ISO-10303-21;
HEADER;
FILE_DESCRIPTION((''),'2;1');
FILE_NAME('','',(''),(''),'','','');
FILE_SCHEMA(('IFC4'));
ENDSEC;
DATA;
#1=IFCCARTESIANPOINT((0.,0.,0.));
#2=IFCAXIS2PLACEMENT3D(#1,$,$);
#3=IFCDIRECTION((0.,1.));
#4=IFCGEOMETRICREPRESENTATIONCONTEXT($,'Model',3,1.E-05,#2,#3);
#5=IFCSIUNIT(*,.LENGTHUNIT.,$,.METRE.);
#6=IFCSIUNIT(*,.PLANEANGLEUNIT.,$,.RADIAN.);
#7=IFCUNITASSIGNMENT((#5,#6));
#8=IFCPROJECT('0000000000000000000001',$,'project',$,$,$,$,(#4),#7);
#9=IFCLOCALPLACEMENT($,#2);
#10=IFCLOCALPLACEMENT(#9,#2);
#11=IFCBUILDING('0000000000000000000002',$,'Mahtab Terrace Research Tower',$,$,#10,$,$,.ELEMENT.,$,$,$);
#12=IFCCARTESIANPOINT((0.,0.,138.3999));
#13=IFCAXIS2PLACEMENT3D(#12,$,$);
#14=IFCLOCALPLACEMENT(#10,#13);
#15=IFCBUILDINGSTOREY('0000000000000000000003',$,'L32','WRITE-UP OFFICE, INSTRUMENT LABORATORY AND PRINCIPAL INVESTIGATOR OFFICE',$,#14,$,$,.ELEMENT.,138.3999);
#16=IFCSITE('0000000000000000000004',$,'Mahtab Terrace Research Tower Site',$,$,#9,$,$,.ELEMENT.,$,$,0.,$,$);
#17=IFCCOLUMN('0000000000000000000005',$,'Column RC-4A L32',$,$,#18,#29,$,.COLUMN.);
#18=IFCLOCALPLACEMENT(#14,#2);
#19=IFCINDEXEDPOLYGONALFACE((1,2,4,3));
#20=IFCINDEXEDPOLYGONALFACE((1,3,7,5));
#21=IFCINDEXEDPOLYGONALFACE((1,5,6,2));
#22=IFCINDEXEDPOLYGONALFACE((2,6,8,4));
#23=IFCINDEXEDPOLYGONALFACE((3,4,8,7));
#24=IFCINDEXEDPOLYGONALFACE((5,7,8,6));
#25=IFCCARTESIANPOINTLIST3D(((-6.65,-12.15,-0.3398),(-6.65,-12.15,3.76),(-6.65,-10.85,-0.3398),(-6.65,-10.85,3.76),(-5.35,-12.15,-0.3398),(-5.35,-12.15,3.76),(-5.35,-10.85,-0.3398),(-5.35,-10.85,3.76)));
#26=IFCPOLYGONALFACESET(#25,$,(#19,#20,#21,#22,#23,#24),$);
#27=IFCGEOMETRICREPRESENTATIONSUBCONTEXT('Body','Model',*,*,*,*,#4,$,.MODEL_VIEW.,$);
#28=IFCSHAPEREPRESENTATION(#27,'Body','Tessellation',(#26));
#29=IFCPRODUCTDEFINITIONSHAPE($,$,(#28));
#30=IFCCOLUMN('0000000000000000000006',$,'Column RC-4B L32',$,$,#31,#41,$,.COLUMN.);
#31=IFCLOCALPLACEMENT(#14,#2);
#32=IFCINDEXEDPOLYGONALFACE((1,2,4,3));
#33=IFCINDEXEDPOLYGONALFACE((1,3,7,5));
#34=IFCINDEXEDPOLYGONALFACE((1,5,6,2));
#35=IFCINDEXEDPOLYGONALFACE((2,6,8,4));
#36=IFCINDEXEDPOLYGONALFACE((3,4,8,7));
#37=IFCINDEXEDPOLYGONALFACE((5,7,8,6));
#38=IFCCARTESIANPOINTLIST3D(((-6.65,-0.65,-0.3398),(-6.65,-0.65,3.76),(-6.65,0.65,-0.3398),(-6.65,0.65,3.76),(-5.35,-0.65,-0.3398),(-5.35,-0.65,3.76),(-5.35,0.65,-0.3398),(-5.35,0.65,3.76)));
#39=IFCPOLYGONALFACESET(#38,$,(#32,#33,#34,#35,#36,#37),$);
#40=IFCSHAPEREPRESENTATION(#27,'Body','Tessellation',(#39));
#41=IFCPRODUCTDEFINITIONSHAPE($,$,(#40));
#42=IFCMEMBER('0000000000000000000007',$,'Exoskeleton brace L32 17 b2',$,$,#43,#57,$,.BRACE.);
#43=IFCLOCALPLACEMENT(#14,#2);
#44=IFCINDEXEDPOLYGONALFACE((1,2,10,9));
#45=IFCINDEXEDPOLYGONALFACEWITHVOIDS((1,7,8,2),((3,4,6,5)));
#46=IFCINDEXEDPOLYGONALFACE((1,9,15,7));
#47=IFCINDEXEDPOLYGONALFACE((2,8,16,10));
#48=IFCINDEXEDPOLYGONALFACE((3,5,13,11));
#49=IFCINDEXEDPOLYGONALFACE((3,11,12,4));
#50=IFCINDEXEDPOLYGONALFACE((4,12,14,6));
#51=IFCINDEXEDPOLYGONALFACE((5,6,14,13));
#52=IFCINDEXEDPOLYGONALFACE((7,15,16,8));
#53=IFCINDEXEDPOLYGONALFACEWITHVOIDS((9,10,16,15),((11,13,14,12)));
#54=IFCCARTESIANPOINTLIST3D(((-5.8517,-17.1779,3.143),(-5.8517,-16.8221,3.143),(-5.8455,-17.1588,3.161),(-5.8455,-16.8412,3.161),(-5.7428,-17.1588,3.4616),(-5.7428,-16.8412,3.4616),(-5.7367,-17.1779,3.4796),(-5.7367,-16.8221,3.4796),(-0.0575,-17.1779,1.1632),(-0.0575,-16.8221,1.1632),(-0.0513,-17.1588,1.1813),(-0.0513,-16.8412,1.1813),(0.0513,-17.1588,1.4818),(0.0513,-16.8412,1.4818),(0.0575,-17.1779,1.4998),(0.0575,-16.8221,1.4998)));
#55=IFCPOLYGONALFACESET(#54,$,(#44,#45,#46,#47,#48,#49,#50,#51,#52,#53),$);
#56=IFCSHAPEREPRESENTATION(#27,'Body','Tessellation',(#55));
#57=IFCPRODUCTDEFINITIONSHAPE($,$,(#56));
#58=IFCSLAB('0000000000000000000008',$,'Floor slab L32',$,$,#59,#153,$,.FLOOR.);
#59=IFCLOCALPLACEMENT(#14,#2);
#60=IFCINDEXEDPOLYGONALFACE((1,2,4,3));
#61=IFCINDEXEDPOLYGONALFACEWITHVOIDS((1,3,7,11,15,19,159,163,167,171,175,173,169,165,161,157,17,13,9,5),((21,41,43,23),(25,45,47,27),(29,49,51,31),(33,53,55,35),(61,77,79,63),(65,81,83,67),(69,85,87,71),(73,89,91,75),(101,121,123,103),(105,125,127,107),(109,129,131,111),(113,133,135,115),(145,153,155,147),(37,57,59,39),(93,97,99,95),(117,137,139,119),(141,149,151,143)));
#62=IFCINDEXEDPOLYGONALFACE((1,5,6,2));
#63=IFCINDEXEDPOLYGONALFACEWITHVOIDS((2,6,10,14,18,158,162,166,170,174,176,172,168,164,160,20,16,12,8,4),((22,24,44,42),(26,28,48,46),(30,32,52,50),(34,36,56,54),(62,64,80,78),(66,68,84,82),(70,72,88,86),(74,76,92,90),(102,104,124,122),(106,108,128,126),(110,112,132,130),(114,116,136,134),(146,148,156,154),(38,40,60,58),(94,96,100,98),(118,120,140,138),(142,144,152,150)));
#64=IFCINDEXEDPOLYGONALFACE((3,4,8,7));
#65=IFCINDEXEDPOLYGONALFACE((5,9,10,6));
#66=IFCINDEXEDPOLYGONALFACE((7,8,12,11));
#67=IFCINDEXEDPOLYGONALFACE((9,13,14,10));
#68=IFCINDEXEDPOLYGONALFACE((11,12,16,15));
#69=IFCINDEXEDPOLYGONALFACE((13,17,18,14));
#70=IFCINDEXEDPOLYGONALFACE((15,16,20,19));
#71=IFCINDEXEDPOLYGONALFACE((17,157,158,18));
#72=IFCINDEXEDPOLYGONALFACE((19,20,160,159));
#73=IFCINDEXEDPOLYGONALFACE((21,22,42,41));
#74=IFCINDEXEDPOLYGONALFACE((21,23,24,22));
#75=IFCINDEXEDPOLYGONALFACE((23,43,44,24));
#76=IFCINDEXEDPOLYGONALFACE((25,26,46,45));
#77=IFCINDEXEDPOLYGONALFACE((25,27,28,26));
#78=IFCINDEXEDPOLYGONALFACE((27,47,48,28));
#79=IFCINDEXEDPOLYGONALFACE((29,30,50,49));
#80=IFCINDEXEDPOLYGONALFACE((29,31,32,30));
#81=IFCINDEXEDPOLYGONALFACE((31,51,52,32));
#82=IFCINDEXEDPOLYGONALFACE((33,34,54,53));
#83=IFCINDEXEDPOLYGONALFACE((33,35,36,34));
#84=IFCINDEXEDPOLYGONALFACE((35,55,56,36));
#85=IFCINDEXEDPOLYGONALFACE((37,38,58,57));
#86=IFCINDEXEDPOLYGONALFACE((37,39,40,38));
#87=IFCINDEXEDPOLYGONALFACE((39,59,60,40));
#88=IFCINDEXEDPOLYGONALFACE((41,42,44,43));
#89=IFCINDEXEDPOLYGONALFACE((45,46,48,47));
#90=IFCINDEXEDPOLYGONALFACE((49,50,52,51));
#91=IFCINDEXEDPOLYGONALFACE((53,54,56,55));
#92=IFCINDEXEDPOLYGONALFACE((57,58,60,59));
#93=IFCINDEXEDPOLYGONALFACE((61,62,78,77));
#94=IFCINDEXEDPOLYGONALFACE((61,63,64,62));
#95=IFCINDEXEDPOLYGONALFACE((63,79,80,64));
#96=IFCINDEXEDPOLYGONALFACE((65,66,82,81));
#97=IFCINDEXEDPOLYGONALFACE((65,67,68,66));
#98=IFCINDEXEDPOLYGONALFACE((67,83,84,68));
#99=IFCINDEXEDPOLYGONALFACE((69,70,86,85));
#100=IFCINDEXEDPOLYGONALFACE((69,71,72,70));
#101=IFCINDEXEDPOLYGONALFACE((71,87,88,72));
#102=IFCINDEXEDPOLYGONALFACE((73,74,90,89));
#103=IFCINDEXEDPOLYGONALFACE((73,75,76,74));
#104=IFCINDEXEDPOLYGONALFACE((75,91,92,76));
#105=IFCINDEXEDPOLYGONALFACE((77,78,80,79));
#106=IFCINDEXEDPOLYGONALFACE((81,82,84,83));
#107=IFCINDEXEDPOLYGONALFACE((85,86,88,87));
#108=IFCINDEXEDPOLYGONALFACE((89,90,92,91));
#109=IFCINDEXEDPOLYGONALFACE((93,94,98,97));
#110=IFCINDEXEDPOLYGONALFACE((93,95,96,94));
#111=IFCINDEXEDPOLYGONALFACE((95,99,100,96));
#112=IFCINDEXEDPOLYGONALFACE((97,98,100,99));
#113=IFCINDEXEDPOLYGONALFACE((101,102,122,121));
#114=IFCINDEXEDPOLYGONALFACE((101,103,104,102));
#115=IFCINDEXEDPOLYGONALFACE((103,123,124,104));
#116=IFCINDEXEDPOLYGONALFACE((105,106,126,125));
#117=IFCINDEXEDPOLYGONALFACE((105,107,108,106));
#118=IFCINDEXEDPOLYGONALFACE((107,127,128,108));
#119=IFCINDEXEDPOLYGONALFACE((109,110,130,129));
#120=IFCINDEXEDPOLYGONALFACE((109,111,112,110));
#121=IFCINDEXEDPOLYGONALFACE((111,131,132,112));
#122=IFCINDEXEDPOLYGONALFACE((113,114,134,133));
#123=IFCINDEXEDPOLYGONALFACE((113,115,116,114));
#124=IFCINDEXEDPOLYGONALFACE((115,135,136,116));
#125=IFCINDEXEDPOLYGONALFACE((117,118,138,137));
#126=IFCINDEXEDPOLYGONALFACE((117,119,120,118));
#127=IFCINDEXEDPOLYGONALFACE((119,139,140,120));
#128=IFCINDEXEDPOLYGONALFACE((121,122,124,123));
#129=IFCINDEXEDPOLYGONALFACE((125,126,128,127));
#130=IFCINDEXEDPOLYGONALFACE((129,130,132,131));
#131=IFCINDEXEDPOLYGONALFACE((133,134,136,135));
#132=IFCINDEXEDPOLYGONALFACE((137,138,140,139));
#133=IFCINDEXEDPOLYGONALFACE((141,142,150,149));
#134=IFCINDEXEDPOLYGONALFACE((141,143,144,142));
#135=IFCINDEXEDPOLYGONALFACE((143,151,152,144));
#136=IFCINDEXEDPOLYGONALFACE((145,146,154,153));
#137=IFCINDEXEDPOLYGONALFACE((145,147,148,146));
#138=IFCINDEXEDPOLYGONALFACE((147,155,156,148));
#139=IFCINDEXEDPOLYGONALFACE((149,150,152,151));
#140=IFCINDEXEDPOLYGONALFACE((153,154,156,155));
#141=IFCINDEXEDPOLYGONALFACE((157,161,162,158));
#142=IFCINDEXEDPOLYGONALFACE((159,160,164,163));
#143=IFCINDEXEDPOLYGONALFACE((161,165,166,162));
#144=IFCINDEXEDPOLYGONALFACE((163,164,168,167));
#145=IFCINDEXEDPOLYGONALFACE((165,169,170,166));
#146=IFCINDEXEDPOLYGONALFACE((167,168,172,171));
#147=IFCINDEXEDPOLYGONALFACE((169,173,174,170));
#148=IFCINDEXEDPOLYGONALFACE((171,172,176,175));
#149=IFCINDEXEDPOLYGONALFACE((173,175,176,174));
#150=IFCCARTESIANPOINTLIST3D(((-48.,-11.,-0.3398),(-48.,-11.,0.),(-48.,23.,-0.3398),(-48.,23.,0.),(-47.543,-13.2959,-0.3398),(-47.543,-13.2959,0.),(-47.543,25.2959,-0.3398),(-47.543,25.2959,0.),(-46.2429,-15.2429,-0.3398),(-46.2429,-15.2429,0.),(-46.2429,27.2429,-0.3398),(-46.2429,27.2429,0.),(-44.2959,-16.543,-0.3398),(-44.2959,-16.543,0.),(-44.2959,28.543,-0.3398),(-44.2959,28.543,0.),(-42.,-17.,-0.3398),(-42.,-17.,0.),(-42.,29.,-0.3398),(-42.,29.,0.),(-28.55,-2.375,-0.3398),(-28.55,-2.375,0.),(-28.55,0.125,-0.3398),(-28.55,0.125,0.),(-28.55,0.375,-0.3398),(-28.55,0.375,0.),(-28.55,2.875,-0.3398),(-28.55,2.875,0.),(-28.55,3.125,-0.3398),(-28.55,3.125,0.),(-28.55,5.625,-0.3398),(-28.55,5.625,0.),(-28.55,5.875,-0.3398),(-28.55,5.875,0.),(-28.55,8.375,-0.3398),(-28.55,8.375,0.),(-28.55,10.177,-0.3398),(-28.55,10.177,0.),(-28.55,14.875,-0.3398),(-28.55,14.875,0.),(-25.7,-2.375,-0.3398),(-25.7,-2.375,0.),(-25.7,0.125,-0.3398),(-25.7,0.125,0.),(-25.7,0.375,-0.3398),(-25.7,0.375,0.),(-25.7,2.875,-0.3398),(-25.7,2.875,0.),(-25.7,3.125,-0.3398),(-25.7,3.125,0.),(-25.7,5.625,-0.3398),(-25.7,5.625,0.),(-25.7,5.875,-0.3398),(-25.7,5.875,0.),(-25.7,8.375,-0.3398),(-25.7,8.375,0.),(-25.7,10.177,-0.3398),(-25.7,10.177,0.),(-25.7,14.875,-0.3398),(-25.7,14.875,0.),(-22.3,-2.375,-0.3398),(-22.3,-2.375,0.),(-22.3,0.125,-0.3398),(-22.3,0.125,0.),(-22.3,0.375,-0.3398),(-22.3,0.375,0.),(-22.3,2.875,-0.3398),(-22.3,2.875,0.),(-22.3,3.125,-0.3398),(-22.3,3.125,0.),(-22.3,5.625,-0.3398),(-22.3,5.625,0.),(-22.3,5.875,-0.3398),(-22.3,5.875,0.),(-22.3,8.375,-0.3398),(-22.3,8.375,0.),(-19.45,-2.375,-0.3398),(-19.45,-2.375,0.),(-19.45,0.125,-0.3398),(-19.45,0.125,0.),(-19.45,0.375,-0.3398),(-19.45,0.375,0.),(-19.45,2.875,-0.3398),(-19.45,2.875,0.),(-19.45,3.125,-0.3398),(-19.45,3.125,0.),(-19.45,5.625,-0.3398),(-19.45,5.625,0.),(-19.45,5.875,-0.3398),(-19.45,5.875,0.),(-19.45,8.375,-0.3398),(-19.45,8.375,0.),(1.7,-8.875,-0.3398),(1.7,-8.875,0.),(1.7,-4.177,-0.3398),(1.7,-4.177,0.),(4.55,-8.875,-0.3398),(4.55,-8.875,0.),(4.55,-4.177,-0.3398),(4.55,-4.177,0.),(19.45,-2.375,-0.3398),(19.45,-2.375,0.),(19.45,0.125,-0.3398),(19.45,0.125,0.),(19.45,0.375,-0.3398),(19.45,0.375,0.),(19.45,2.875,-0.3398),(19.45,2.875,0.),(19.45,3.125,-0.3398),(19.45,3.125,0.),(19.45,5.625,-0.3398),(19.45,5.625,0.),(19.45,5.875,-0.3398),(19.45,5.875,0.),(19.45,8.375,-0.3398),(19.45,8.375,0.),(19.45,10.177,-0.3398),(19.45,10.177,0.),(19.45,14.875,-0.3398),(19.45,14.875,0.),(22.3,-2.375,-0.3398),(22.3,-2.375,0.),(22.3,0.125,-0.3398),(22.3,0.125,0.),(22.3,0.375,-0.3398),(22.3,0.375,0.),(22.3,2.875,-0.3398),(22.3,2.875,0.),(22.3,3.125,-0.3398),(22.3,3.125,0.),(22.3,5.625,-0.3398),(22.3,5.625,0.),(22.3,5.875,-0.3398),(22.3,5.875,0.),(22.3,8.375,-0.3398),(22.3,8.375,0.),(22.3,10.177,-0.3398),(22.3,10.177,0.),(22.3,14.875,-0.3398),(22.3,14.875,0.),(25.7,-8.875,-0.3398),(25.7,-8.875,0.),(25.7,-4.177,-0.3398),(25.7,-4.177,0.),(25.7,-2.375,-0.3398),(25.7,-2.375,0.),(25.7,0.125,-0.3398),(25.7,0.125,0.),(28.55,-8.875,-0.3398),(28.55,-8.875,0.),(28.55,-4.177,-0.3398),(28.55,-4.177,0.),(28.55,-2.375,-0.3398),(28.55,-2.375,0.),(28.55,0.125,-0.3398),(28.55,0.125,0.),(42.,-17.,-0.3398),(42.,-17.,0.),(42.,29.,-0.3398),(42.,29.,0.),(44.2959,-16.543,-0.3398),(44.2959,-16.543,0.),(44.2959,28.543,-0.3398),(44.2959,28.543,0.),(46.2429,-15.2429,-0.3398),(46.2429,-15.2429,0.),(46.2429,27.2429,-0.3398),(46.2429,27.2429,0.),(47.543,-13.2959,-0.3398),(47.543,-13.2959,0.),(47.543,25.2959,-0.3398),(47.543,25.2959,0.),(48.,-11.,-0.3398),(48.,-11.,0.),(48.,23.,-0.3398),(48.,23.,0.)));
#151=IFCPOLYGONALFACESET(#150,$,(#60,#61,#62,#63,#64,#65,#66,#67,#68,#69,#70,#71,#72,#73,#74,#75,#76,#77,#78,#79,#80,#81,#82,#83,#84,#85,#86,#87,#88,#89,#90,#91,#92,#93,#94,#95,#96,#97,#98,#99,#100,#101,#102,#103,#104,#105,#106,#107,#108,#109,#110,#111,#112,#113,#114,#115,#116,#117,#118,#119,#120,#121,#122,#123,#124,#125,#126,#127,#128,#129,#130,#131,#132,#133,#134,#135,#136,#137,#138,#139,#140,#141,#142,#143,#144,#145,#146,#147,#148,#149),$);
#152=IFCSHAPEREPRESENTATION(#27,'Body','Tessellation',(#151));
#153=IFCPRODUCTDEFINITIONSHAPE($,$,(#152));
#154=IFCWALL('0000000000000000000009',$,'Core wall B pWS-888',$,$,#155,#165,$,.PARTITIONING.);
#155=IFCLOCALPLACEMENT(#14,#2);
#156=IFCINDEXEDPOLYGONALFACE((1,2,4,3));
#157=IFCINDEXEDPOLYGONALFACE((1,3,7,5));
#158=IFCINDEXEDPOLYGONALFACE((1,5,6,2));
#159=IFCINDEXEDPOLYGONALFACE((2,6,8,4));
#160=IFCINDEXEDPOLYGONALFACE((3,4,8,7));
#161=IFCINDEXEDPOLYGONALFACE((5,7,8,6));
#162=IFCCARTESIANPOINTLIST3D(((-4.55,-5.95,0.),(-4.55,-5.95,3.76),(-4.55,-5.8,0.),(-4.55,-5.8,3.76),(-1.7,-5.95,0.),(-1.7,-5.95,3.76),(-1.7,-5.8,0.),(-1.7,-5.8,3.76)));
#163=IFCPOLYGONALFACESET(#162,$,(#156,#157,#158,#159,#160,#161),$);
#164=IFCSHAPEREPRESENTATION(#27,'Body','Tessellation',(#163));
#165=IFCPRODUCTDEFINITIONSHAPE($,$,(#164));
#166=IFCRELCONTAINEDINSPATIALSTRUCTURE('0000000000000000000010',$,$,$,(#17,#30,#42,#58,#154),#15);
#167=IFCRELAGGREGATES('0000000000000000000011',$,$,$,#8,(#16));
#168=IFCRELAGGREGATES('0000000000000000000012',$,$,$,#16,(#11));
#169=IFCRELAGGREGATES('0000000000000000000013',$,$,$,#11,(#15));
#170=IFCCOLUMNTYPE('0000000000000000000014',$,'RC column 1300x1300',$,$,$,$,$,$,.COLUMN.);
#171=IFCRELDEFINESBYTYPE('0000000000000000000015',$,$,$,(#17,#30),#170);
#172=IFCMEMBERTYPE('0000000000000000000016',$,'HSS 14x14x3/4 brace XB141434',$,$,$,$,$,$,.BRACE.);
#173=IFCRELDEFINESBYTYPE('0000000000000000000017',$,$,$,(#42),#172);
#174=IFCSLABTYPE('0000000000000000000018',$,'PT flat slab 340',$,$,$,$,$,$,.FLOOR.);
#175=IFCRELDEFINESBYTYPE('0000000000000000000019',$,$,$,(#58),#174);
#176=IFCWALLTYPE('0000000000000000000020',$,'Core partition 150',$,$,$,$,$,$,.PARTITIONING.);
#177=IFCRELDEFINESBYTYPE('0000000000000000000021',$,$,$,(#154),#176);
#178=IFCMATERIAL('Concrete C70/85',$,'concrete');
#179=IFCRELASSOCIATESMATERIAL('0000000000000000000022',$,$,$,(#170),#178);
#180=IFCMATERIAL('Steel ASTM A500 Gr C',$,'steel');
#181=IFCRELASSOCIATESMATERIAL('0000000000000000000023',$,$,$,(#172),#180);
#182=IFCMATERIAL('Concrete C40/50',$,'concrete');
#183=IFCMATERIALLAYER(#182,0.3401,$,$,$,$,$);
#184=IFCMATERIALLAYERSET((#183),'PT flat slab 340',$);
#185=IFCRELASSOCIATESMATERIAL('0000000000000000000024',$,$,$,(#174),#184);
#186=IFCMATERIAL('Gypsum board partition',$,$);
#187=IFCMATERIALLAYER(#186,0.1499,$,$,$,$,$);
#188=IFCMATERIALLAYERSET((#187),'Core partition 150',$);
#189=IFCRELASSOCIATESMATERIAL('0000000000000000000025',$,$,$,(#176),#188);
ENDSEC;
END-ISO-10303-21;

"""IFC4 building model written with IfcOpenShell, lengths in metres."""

from ifc_helpers import new_model, si_unit, direction, frame, frame_2d, origin, origin_2d, place, context, subcontext, project, spatial, polyline, rectangle, hollow_rectangle, outline, extrude, material, layer, layer_set, material_profile, profile_set, type_object, element, save


model = new_model("IFC4")

# Units and contexts
model_context = context("Model", 3, precision=1e-05, world=origin(), true_north=direction((0.0, 1.0)))
body_context = subcontext(model_context, "Body", "Model", "MODEL_VIEW")
ifc_project = project(units=[si_unit("LENGTHUNIT", "METRE"), si_unit("PLANEANGLEUNIT", "RADIAN")], contexts=[model_context])

# Site, building, storey
site_placement = place(None, origin())
site = spatial("IfcSite", under=ifc_project, at=site_placement, Name="Mahtab Terrace Research Tower Site", CompositionType="ELEMENT", RefElevation=0.0)
building_placement = place(site_placement, origin())
building = spatial("IfcBuilding", under=site, at=building_placement, Name="Mahtab Terrace Research Tower", CompositionType="ELEMENT")
storey_placement = place(building_placement, frame((0.0, 0.0, 138.3999)))
storey = spatial("IfcBuildingStorey", under=building, at=storey_placement, Name="L32", Description="WRITE-UP OFFICE, INSTRUMENT LABORATORY AND PRINCIPAL INVESTIGATOR OFFICE", CompositionType="ELEMENT", Elevation=138.3999)

# Columns
ifc_material_1 = material(Name="Concrete C70/85", Category="concrete")
ifc_material_profile_1 = material_profile(ifc_material_1, rectangle(XDim=1.3, YDim=1.3, at=origin_2d()), Name="RC column 1300x1300")
ifc_profile_set_1 = profile_set([ifc_material_profile_1], Name="Concrete C70/85")
column_type = type_object("IfcColumnType", Name="RC column 1300x1300", PredefinedType="COLUMN", material=ifc_profile_set_1)
for number, where, z_axis, x_axis, name in (
    (1, (-6.0, -11.5, -0.3398), (0.0, 0.0, 1.0), (1.0, 0.0, 0.0), "Column RC-4A L32"),
    (2, (-6.0, 0.0, -0.3398), (0.0, 0.0, 1.0), (1.0, 0.0, 0.0), "Column RC-4B L32"),
):
    element("IfcColumn", number, at=place(storey_placement, frame(where, z_axis=z_axis, x_axis=x_axis)), inside=storey, type_object=column_type, Name=name, PredefinedType="COLUMN", context=body_context, shape_type="SweptSolid", body=[
        extrude(rectangle(XDim=1.3, YDim=1.3, at=origin_2d()), origin(), (0.0, 0.0, 1.0), 4.0999),
    ])

# Member
ifc_material_2 = material(Name="Steel ASTM A500 Gr C", Category="steel")
ifc_material_profile_2 = material_profile(ifc_material_2, hollow_rectangle(XDim=0.3557, YDim=0.3557, WallThickness=0.019, at=origin_2d()), Name="HSS14X14X3/4")
ifc_profile_set_2 = profile_set([ifc_material_profile_2], Name="Steel ASTM A500 Gr C")
member_type = type_object("IfcMemberType", Name="HSS 14x14x3/4 brace XB141434", PredefinedType="BRACE", material=ifc_profile_set_2)
member_placement = place(storey_placement, frame((0.0, -17.0, 1.3315), z_axis=(-0.946288, 0.0, 0.323324), x_axis=(0.0, -1.0, 0.0)))
element("IfcMember", 3, at=member_placement, inside=storey, type_object=member_type, Name="Exoskeleton brace L32 17 b2", PredefinedType="BRACE", context=body_context, shape_type="SweptSolid", body=[
    extrude(hollow_rectangle(XDim=0.3557, YDim=0.3557, WallThickness=0.019, at=origin_2d()), origin(), (0.0, 0.0, 1.0), 6.123),
])

# Slab
ifc_material_3 = material(Name="Concrete C40/50", Category="concrete")
ifc_layer_1 = layer(ifc_material_3, 0.3401)
ifc_layer_set_1 = layer_set([ifc_layer_1], Name="PT flat slab 340")
slab_type = type_object("IfcSlabType", Name="PT flat slab 340", PredefinedType="FLOOR", material=ifc_layer_set_1)
slab_placement = place(storey_placement, frame((0.0, 0.0, -0.3398)))
element("IfcSlab", 4, at=slab_placement, inside=storey, type_object=slab_type, Name="Floor slab L32", PredefinedType="FLOOR", context=body_context, shape_type="SweptSolid", body=[
    extrude(outline(polyline([(47.543, 25.2959), (46.2429, 27.2429), (44.2959, 28.543), (42.0, 29.0), (-42.0, 29.0), (-44.2959, 28.543), (-46.2429, 27.2429), (-47.543, 25.2959), (-48.0, 23.0), (-48.0, -11.0), (-47.543, -13.2959), (-46.2429, -15.2429), (-44.2959, -16.543), (-42.0, -17.0), (42.0, -17.0), (44.2959, -16.543), (46.2429, -15.2429), (47.543, -13.2959), (48.0, -11.0), (48.0, 23.0), (47.543, 25.2959)]), holes=[polyline([(-28.55, -2.375), (-28.55, 0.125), (-25.7, 0.125), (-25.7, -2.375), (-28.55, -2.375)]), polyline([(-22.3, -2.375), (-22.3, 0.125), (-19.45, 0.125), (-19.45, -2.375), (-22.3, -2.375)]), polyline([(-28.55, 0.375), (-28.55, 2.875), (-25.7, 2.875), (-25.7, 0.375), (-28.55, 0.375)]), polyline([(-22.3, 0.375), (-22.3, 2.875), (-19.45, 2.875), (-19.45, 0.375), (-22.3, 0.375)]), polyline([(-28.55, 3.125), (-28.55, 5.625), (-25.7, 5.625), (-25.7, 3.125), (-28.55, 3.125)]), polyline([(-22.3, 3.125), (-22.3, 5.625), (-19.45, 5.625), (-19.45, 3.125), (-22.3, 3.125)]), polyline([(-28.55, 5.875), (-28.55, 8.375), (-25.7, 8.375), (-25.7, 5.875), (-28.55, 5.875)]), polyline([(-22.3, 5.875), (-22.3, 8.375), (-19.45, 8.375), (-19.45, 5.875), (-22.3, 5.875)]), polyline([(-28.55, 10.177), (-28.55, 14.875), (-25.7, 14.875), (-25.7, 10.177), (-28.55, 10.177)]), polyline([(1.7, -8.875), (1.7, -4.177), (4.55, -4.177), (4.55, -8.875), (1.7, -8.875)]), polyline([(25.7, -8.875), (25.7, -4.177), (28.55, -4.177), (28.55, -8.875), (25.7, -8.875)]), polyline([(19.45, -2.375), (19.45, 0.125), (22.3, 0.125), (22.3, -2.375), (19.45, -2.375)]), polyline([(25.7, -2.375), (25.7, 0.125), (28.55, 0.125), (28.55, -2.375), (25.7, -2.375)]), polyline([(19.45, 0.375), (19.45, 2.875), (22.3, 2.875), (22.3, 0.375), (19.45, 0.375)]), polyline([(19.45, 3.125), (19.45, 5.625), (22.3, 5.625), (22.3, 3.125), (19.45, 3.125)]), polyline([(19.45, 8.375), (22.3, 8.375), (22.3, 5.875), (19.45, 5.875), (19.45, 8.375)]), polyline([(19.45, 14.875), (22.3, 14.875), (22.3, 10.177), (19.45, 10.177), (19.45, 14.875)])]), origin(), (0.0, 0.0, 1.0), 0.3398),
])

# Wall
ifc_material_4 = material(Name="Gypsum board partition")
ifc_layer_2 = layer(ifc_material_4, 0.1499)
ifc_layer_set_2 = layer_set([ifc_layer_2], Name="Core partition 150")
wall_type_1 = type_object("IfcWallType", Name="Core partition 150", PredefinedType="PARTITIONING", material=ifc_layer_set_2)
wall_1_placement = place(storey_placement, frame((-4.55, -5.875, 0.0), z_axis=(0.0, 0.0, 1.0), x_axis=(1.0, 0.0, 0.0)))
element("IfcWall", 5, at=wall_1_placement, inside=storey, type_object=wall_type_1, Name="Core wall B pWS-888", PredefinedType="PARTITIONING", context=body_context, shape_type="SweptSolid", body=[
    extrude(rectangle(XDim=2.8501, YDim=0.1499, at=frame_2d((1.425, 0.0))), origin(), (0.0, 0.0, 1.0), 3.76),
])

save(model, "model.ifc")
